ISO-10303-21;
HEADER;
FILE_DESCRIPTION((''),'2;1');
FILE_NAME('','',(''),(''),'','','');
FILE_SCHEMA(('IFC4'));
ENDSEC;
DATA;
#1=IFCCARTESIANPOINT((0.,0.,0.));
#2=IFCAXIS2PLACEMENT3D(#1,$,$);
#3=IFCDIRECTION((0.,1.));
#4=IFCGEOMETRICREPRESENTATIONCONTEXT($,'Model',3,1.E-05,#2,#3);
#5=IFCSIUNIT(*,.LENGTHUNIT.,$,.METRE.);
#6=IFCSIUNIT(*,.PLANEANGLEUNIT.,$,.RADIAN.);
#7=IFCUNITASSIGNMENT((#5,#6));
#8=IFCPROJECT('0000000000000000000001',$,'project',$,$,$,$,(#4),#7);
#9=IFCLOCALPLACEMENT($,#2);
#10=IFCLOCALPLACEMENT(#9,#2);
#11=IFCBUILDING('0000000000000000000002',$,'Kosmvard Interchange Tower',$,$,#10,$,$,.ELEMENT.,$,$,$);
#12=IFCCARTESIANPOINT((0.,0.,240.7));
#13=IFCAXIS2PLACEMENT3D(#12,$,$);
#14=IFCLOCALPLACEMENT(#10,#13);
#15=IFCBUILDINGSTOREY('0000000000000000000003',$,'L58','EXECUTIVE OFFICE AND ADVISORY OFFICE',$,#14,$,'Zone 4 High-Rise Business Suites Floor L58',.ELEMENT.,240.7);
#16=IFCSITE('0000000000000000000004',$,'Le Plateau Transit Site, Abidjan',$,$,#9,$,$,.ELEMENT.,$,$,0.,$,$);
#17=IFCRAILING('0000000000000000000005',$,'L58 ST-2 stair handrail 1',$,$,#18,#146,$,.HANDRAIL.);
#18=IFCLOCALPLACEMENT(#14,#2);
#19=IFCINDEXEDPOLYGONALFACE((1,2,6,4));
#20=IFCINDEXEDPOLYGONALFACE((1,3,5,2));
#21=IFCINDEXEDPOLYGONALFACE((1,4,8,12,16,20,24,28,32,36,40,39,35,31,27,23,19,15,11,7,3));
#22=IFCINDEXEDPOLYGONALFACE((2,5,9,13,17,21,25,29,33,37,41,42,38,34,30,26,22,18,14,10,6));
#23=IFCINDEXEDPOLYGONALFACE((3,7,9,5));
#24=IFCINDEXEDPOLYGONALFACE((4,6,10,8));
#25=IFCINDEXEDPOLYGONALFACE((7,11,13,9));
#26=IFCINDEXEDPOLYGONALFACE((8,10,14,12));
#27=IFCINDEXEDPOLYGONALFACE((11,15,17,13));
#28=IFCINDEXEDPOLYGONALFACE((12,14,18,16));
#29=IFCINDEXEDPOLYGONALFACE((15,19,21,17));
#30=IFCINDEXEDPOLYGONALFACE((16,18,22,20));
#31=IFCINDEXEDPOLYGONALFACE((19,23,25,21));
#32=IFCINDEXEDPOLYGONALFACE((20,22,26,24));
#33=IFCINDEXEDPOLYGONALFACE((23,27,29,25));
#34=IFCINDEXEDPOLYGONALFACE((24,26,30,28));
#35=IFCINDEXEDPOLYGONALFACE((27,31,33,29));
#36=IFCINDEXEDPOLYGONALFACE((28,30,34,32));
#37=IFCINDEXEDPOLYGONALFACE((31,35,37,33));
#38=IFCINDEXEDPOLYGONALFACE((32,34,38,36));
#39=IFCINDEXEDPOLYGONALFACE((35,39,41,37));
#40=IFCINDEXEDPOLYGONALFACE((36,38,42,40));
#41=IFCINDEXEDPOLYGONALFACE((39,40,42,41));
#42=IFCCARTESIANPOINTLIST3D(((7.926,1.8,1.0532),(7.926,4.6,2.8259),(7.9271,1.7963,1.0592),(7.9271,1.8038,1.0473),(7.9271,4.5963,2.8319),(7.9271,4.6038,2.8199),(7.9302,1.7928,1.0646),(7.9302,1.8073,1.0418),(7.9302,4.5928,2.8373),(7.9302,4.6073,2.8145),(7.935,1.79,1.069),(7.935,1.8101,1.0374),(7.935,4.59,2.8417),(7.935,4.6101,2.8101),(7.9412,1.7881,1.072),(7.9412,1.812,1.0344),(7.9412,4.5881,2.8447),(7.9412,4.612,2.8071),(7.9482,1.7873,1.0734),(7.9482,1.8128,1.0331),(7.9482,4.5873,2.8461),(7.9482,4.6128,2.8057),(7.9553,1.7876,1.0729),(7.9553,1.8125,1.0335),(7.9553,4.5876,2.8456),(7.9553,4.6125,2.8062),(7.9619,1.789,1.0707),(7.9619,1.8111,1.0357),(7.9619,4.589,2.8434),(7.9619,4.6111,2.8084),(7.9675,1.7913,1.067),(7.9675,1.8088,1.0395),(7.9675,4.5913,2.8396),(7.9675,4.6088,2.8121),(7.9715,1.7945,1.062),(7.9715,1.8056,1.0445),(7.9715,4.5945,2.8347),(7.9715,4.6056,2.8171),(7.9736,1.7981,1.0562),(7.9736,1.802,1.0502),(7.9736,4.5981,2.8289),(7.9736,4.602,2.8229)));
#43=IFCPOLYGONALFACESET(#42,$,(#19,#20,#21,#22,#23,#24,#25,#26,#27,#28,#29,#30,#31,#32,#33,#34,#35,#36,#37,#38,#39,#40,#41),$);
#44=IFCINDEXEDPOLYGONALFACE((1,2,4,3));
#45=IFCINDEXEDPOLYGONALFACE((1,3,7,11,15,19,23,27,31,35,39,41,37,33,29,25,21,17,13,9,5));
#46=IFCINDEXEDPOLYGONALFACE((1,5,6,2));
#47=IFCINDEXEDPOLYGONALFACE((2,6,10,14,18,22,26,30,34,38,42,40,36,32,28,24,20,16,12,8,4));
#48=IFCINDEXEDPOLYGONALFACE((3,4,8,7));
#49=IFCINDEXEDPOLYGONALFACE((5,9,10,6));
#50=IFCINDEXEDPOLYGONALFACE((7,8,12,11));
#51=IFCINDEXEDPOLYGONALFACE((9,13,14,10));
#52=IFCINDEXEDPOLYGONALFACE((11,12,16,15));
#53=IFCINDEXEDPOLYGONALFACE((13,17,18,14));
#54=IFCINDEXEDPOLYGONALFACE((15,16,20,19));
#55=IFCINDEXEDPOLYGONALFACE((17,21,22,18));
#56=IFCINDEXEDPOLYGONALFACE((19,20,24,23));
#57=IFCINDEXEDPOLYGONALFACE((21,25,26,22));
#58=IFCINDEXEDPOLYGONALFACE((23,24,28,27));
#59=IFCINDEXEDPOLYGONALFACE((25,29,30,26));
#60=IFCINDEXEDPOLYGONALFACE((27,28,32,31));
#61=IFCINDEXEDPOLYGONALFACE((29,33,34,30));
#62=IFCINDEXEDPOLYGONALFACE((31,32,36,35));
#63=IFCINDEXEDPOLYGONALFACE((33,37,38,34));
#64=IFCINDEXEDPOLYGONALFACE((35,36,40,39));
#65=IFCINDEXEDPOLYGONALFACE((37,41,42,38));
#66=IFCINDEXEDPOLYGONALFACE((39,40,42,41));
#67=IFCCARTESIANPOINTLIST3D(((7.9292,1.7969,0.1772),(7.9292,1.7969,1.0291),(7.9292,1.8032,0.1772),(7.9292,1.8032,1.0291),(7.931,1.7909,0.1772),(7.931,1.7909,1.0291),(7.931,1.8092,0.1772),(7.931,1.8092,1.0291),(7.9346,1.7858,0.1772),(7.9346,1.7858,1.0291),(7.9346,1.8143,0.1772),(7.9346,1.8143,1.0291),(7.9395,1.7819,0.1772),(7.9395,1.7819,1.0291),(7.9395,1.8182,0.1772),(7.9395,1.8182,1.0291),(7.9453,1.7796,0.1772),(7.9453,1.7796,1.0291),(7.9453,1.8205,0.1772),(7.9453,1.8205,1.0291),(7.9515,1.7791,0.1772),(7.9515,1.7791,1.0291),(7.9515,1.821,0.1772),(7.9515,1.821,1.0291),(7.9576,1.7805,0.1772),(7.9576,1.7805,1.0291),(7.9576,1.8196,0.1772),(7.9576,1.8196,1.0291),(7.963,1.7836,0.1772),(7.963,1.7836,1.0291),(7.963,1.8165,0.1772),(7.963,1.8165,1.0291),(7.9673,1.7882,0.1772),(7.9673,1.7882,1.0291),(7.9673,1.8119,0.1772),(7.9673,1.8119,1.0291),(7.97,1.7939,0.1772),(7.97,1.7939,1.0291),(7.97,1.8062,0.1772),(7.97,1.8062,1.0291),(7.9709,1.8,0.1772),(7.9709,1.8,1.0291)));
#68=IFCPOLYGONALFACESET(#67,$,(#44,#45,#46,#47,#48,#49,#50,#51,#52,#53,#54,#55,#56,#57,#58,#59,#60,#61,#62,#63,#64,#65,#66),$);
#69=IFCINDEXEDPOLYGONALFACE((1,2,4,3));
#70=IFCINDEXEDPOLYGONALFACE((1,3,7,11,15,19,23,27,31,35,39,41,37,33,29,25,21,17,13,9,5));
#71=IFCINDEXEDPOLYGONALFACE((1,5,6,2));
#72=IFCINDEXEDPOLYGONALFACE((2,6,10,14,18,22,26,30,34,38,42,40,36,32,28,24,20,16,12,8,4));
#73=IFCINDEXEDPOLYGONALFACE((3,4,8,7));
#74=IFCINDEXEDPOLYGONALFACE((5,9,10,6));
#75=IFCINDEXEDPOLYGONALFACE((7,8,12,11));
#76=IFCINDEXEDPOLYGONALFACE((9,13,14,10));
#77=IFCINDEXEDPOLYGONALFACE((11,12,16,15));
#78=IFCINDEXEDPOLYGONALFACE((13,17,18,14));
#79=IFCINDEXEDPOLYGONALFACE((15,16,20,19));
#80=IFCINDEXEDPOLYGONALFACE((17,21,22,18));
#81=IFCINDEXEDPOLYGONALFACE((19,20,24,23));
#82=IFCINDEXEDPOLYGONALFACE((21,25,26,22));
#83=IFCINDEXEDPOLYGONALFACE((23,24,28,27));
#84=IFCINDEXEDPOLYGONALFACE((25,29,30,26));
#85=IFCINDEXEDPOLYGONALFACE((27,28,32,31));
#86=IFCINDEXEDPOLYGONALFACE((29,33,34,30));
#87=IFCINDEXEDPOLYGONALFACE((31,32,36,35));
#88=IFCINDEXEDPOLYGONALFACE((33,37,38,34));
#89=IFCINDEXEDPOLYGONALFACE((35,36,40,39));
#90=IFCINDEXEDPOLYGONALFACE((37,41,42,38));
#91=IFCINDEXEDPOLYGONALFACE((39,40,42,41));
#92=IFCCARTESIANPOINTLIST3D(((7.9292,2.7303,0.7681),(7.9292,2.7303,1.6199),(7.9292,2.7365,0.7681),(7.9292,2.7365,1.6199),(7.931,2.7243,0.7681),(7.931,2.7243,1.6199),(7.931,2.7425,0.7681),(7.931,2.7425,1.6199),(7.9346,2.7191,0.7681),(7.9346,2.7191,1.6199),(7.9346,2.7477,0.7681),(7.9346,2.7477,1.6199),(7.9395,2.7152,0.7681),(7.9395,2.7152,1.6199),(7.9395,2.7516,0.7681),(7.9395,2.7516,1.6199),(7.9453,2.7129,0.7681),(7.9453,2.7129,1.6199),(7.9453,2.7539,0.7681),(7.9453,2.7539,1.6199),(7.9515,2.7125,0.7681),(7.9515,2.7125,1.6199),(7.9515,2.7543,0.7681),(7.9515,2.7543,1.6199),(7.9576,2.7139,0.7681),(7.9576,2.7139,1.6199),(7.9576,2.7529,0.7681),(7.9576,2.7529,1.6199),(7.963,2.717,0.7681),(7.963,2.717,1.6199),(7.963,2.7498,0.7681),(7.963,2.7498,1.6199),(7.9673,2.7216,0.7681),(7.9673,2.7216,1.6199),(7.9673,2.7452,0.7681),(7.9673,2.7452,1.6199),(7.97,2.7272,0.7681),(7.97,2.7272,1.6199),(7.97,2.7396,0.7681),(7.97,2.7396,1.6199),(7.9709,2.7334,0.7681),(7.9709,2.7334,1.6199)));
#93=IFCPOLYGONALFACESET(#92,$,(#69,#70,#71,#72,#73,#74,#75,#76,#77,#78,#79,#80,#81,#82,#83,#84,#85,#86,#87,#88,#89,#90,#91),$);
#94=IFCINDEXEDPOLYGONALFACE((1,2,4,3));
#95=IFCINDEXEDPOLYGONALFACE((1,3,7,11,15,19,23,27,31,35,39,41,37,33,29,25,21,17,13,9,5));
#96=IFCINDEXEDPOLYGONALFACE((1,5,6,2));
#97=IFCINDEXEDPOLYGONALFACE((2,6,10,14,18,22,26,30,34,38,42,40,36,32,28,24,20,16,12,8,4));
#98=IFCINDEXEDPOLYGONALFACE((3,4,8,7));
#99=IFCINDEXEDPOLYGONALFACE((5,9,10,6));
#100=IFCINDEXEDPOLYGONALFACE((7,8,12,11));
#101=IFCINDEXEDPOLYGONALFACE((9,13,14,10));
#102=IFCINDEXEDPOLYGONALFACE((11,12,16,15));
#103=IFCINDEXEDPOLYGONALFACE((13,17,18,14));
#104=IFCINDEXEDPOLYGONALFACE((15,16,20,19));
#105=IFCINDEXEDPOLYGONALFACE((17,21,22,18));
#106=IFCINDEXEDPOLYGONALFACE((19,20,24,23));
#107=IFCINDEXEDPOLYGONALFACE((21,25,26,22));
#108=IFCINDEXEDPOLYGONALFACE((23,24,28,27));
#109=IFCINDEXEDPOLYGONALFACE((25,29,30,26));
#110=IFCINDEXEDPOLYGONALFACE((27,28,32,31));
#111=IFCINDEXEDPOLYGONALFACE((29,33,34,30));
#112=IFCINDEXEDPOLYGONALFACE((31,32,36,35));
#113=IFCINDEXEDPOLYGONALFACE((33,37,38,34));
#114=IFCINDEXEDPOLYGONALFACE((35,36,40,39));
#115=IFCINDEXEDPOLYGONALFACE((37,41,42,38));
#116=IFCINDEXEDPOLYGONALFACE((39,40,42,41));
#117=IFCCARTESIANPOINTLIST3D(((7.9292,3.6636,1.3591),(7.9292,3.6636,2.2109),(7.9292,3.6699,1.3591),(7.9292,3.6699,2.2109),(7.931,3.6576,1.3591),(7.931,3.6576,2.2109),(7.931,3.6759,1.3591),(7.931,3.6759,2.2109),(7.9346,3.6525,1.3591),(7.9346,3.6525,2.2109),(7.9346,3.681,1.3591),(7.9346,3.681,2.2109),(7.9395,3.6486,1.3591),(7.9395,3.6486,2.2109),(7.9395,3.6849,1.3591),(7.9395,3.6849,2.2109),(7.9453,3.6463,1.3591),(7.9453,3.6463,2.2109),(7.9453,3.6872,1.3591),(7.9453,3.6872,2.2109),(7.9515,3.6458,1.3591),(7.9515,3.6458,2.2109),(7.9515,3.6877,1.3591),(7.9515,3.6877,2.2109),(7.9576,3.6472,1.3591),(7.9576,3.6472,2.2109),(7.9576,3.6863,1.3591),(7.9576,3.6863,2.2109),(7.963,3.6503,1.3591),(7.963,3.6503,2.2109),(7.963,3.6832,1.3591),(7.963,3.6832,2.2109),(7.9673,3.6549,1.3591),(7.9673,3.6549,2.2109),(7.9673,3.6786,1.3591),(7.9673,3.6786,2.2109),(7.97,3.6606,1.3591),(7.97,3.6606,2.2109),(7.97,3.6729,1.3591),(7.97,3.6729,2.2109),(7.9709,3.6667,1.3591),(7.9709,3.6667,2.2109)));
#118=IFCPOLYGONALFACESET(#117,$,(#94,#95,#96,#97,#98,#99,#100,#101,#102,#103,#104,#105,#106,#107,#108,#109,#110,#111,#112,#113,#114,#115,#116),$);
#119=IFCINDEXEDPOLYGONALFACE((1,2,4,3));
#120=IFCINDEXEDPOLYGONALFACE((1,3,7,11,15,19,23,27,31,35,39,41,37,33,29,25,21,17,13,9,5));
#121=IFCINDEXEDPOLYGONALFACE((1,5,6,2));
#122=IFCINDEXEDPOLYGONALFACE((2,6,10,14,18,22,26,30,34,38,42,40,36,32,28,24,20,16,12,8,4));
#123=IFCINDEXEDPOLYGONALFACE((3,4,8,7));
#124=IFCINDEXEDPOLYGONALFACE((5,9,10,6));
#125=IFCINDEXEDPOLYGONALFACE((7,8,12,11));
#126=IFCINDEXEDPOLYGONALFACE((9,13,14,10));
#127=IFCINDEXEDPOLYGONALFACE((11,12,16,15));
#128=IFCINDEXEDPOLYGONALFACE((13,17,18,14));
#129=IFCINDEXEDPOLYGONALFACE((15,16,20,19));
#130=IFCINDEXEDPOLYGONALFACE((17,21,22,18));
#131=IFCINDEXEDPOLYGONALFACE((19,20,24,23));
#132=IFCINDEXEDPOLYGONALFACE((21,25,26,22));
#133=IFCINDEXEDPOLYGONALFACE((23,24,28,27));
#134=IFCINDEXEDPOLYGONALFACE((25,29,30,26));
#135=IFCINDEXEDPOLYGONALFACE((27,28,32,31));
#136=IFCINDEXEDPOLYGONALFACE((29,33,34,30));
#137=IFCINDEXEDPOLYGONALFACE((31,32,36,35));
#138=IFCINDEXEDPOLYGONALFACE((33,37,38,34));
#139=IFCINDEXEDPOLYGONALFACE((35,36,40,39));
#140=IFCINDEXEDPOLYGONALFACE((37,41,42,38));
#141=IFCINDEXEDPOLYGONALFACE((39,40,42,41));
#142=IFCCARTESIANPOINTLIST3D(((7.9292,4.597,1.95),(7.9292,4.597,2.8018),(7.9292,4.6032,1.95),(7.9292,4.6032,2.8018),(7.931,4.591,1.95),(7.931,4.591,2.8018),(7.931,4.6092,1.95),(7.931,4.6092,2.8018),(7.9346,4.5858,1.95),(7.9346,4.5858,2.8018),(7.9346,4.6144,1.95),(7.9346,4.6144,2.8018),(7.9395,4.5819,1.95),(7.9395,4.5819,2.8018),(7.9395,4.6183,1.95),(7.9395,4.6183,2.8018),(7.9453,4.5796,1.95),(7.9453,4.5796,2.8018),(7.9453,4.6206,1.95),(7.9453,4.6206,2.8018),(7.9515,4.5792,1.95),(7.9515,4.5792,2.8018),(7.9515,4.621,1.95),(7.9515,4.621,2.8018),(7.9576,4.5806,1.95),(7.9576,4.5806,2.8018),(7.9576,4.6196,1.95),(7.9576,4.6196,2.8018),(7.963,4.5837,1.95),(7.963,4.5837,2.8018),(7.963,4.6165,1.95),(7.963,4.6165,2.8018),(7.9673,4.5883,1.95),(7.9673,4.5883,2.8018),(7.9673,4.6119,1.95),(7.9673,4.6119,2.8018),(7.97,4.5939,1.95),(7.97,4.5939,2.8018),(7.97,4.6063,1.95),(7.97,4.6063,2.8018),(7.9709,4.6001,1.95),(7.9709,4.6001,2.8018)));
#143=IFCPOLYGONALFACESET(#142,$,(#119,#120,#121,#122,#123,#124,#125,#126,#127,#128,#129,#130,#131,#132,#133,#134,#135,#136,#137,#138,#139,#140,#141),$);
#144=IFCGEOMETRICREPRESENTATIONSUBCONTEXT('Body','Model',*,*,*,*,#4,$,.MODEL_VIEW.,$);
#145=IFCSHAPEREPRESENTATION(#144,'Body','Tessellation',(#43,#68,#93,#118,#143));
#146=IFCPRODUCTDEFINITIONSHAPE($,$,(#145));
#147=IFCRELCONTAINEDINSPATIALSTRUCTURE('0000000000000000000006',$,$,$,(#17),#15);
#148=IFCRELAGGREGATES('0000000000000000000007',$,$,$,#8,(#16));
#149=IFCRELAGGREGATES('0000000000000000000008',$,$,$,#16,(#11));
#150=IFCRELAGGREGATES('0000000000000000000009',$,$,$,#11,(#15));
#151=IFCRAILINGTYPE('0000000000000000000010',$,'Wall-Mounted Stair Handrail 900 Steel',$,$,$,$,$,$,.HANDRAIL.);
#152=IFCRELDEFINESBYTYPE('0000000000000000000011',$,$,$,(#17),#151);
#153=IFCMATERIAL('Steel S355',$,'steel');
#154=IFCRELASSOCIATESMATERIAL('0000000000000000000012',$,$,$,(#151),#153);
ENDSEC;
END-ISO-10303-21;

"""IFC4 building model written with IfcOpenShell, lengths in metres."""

from ifc_helpers import new_model, si_unit, direction, frame, origin, origin_2d, place, context, subcontext, project, spatial, circle, extrude, source, transform, mapped, material, type_object, element, save


model = new_model("IFC4")

# Units and contexts
model_context = context("Model", 3, precision=1e-05, world=origin(), true_north=direction((0.0, 1.0)))
body_context = subcontext(model_context, "Body", "Model", "MODEL_VIEW")
ifc_project = project(units=[si_unit("LENGTHUNIT", "METRE"), si_unit("PLANEANGLEUNIT", "RADIAN")], contexts=[model_context])

# Site, building, storey
site_placement = place(None, origin())
site = spatial("IfcSite", under=ifc_project, at=site_placement, Name="Le Plateau Transit Site, Abidjan", CompositionType="ELEMENT", RefElevation=0.0)
building_placement = place(site_placement, origin())
building = spatial("IfcBuilding", under=site, at=building_placement, Name="Kosmvard Interchange Tower", CompositionType="ELEMENT")
storey_placement = place(building_placement, frame((0.0, 0.0, 240.7)))
storey = spatial("IfcBuildingStorey", under=building, at=storey_placement, Name="L58", Description="EXECUTIVE OFFICE AND ADVISORY OFFICE", LongName="Zone 4 High-Rise Business Suites Floor L58", CompositionType="ELEMENT", Elevation=240.7)

# Shared definitions
ifc_material_1 = material(Name="Steel S355", Category="steel")

# Railing
railing_type_1 = type_object("IfcRailingType", Name="Wall-Mounted Stair Handrail 900 Steel", PredefinedType="HANDRAIL", material=ifc_material_1)
shared_shape_1 = source(origin(), body_context, "Body", "SweptSolid", [
    extrude(circle(Radius=0.0239, at=origin_2d()), frame((0.0, 0.0, 0.876), z_axis=(0.0, 0.844909, 0.53491), x_axis=(-1.0, 0.0, 0.0)), (0.0, 0.0, 1.0), 3.314),
    extrude(circle(Radius=0.021, at=origin_2d()), origin(), (0.0, 0.0, 1.0), 0.8518),
    extrude(circle(Radius=0.021, at=origin_2d()), frame((0.0, 0.9333, 0.5908)), (0.0, 0.0, 1.0), 0.8518),
    extrude(circle(Radius=0.021, at=origin_2d()), frame((0.0, 1.8667, 1.1819)), (0.0, 0.0, 1.0), 0.8518),
    extrude(circle(Radius=0.021, at=origin_2d()), frame((0.0, 2.8, 1.7727)), (0.0, 0.0, 1.0), 0.8518),
])
railing_1_placement = place(storey_placement, frame((7.95, 1.8, 0.1772)))
element("IfcRailing", 1, at=railing_1_placement, inside=storey, type_object=railing_type_1, Name="L58 ST-2 stair handrail 1", PredefinedType="HANDRAIL", context=body_context, shape_type="MappedRepresentation", body=[
    mapped(shared_shape_1, transform((0.0, 0.0, 0.0), scale=1.0)),
])

save(model, "model.ifc")
